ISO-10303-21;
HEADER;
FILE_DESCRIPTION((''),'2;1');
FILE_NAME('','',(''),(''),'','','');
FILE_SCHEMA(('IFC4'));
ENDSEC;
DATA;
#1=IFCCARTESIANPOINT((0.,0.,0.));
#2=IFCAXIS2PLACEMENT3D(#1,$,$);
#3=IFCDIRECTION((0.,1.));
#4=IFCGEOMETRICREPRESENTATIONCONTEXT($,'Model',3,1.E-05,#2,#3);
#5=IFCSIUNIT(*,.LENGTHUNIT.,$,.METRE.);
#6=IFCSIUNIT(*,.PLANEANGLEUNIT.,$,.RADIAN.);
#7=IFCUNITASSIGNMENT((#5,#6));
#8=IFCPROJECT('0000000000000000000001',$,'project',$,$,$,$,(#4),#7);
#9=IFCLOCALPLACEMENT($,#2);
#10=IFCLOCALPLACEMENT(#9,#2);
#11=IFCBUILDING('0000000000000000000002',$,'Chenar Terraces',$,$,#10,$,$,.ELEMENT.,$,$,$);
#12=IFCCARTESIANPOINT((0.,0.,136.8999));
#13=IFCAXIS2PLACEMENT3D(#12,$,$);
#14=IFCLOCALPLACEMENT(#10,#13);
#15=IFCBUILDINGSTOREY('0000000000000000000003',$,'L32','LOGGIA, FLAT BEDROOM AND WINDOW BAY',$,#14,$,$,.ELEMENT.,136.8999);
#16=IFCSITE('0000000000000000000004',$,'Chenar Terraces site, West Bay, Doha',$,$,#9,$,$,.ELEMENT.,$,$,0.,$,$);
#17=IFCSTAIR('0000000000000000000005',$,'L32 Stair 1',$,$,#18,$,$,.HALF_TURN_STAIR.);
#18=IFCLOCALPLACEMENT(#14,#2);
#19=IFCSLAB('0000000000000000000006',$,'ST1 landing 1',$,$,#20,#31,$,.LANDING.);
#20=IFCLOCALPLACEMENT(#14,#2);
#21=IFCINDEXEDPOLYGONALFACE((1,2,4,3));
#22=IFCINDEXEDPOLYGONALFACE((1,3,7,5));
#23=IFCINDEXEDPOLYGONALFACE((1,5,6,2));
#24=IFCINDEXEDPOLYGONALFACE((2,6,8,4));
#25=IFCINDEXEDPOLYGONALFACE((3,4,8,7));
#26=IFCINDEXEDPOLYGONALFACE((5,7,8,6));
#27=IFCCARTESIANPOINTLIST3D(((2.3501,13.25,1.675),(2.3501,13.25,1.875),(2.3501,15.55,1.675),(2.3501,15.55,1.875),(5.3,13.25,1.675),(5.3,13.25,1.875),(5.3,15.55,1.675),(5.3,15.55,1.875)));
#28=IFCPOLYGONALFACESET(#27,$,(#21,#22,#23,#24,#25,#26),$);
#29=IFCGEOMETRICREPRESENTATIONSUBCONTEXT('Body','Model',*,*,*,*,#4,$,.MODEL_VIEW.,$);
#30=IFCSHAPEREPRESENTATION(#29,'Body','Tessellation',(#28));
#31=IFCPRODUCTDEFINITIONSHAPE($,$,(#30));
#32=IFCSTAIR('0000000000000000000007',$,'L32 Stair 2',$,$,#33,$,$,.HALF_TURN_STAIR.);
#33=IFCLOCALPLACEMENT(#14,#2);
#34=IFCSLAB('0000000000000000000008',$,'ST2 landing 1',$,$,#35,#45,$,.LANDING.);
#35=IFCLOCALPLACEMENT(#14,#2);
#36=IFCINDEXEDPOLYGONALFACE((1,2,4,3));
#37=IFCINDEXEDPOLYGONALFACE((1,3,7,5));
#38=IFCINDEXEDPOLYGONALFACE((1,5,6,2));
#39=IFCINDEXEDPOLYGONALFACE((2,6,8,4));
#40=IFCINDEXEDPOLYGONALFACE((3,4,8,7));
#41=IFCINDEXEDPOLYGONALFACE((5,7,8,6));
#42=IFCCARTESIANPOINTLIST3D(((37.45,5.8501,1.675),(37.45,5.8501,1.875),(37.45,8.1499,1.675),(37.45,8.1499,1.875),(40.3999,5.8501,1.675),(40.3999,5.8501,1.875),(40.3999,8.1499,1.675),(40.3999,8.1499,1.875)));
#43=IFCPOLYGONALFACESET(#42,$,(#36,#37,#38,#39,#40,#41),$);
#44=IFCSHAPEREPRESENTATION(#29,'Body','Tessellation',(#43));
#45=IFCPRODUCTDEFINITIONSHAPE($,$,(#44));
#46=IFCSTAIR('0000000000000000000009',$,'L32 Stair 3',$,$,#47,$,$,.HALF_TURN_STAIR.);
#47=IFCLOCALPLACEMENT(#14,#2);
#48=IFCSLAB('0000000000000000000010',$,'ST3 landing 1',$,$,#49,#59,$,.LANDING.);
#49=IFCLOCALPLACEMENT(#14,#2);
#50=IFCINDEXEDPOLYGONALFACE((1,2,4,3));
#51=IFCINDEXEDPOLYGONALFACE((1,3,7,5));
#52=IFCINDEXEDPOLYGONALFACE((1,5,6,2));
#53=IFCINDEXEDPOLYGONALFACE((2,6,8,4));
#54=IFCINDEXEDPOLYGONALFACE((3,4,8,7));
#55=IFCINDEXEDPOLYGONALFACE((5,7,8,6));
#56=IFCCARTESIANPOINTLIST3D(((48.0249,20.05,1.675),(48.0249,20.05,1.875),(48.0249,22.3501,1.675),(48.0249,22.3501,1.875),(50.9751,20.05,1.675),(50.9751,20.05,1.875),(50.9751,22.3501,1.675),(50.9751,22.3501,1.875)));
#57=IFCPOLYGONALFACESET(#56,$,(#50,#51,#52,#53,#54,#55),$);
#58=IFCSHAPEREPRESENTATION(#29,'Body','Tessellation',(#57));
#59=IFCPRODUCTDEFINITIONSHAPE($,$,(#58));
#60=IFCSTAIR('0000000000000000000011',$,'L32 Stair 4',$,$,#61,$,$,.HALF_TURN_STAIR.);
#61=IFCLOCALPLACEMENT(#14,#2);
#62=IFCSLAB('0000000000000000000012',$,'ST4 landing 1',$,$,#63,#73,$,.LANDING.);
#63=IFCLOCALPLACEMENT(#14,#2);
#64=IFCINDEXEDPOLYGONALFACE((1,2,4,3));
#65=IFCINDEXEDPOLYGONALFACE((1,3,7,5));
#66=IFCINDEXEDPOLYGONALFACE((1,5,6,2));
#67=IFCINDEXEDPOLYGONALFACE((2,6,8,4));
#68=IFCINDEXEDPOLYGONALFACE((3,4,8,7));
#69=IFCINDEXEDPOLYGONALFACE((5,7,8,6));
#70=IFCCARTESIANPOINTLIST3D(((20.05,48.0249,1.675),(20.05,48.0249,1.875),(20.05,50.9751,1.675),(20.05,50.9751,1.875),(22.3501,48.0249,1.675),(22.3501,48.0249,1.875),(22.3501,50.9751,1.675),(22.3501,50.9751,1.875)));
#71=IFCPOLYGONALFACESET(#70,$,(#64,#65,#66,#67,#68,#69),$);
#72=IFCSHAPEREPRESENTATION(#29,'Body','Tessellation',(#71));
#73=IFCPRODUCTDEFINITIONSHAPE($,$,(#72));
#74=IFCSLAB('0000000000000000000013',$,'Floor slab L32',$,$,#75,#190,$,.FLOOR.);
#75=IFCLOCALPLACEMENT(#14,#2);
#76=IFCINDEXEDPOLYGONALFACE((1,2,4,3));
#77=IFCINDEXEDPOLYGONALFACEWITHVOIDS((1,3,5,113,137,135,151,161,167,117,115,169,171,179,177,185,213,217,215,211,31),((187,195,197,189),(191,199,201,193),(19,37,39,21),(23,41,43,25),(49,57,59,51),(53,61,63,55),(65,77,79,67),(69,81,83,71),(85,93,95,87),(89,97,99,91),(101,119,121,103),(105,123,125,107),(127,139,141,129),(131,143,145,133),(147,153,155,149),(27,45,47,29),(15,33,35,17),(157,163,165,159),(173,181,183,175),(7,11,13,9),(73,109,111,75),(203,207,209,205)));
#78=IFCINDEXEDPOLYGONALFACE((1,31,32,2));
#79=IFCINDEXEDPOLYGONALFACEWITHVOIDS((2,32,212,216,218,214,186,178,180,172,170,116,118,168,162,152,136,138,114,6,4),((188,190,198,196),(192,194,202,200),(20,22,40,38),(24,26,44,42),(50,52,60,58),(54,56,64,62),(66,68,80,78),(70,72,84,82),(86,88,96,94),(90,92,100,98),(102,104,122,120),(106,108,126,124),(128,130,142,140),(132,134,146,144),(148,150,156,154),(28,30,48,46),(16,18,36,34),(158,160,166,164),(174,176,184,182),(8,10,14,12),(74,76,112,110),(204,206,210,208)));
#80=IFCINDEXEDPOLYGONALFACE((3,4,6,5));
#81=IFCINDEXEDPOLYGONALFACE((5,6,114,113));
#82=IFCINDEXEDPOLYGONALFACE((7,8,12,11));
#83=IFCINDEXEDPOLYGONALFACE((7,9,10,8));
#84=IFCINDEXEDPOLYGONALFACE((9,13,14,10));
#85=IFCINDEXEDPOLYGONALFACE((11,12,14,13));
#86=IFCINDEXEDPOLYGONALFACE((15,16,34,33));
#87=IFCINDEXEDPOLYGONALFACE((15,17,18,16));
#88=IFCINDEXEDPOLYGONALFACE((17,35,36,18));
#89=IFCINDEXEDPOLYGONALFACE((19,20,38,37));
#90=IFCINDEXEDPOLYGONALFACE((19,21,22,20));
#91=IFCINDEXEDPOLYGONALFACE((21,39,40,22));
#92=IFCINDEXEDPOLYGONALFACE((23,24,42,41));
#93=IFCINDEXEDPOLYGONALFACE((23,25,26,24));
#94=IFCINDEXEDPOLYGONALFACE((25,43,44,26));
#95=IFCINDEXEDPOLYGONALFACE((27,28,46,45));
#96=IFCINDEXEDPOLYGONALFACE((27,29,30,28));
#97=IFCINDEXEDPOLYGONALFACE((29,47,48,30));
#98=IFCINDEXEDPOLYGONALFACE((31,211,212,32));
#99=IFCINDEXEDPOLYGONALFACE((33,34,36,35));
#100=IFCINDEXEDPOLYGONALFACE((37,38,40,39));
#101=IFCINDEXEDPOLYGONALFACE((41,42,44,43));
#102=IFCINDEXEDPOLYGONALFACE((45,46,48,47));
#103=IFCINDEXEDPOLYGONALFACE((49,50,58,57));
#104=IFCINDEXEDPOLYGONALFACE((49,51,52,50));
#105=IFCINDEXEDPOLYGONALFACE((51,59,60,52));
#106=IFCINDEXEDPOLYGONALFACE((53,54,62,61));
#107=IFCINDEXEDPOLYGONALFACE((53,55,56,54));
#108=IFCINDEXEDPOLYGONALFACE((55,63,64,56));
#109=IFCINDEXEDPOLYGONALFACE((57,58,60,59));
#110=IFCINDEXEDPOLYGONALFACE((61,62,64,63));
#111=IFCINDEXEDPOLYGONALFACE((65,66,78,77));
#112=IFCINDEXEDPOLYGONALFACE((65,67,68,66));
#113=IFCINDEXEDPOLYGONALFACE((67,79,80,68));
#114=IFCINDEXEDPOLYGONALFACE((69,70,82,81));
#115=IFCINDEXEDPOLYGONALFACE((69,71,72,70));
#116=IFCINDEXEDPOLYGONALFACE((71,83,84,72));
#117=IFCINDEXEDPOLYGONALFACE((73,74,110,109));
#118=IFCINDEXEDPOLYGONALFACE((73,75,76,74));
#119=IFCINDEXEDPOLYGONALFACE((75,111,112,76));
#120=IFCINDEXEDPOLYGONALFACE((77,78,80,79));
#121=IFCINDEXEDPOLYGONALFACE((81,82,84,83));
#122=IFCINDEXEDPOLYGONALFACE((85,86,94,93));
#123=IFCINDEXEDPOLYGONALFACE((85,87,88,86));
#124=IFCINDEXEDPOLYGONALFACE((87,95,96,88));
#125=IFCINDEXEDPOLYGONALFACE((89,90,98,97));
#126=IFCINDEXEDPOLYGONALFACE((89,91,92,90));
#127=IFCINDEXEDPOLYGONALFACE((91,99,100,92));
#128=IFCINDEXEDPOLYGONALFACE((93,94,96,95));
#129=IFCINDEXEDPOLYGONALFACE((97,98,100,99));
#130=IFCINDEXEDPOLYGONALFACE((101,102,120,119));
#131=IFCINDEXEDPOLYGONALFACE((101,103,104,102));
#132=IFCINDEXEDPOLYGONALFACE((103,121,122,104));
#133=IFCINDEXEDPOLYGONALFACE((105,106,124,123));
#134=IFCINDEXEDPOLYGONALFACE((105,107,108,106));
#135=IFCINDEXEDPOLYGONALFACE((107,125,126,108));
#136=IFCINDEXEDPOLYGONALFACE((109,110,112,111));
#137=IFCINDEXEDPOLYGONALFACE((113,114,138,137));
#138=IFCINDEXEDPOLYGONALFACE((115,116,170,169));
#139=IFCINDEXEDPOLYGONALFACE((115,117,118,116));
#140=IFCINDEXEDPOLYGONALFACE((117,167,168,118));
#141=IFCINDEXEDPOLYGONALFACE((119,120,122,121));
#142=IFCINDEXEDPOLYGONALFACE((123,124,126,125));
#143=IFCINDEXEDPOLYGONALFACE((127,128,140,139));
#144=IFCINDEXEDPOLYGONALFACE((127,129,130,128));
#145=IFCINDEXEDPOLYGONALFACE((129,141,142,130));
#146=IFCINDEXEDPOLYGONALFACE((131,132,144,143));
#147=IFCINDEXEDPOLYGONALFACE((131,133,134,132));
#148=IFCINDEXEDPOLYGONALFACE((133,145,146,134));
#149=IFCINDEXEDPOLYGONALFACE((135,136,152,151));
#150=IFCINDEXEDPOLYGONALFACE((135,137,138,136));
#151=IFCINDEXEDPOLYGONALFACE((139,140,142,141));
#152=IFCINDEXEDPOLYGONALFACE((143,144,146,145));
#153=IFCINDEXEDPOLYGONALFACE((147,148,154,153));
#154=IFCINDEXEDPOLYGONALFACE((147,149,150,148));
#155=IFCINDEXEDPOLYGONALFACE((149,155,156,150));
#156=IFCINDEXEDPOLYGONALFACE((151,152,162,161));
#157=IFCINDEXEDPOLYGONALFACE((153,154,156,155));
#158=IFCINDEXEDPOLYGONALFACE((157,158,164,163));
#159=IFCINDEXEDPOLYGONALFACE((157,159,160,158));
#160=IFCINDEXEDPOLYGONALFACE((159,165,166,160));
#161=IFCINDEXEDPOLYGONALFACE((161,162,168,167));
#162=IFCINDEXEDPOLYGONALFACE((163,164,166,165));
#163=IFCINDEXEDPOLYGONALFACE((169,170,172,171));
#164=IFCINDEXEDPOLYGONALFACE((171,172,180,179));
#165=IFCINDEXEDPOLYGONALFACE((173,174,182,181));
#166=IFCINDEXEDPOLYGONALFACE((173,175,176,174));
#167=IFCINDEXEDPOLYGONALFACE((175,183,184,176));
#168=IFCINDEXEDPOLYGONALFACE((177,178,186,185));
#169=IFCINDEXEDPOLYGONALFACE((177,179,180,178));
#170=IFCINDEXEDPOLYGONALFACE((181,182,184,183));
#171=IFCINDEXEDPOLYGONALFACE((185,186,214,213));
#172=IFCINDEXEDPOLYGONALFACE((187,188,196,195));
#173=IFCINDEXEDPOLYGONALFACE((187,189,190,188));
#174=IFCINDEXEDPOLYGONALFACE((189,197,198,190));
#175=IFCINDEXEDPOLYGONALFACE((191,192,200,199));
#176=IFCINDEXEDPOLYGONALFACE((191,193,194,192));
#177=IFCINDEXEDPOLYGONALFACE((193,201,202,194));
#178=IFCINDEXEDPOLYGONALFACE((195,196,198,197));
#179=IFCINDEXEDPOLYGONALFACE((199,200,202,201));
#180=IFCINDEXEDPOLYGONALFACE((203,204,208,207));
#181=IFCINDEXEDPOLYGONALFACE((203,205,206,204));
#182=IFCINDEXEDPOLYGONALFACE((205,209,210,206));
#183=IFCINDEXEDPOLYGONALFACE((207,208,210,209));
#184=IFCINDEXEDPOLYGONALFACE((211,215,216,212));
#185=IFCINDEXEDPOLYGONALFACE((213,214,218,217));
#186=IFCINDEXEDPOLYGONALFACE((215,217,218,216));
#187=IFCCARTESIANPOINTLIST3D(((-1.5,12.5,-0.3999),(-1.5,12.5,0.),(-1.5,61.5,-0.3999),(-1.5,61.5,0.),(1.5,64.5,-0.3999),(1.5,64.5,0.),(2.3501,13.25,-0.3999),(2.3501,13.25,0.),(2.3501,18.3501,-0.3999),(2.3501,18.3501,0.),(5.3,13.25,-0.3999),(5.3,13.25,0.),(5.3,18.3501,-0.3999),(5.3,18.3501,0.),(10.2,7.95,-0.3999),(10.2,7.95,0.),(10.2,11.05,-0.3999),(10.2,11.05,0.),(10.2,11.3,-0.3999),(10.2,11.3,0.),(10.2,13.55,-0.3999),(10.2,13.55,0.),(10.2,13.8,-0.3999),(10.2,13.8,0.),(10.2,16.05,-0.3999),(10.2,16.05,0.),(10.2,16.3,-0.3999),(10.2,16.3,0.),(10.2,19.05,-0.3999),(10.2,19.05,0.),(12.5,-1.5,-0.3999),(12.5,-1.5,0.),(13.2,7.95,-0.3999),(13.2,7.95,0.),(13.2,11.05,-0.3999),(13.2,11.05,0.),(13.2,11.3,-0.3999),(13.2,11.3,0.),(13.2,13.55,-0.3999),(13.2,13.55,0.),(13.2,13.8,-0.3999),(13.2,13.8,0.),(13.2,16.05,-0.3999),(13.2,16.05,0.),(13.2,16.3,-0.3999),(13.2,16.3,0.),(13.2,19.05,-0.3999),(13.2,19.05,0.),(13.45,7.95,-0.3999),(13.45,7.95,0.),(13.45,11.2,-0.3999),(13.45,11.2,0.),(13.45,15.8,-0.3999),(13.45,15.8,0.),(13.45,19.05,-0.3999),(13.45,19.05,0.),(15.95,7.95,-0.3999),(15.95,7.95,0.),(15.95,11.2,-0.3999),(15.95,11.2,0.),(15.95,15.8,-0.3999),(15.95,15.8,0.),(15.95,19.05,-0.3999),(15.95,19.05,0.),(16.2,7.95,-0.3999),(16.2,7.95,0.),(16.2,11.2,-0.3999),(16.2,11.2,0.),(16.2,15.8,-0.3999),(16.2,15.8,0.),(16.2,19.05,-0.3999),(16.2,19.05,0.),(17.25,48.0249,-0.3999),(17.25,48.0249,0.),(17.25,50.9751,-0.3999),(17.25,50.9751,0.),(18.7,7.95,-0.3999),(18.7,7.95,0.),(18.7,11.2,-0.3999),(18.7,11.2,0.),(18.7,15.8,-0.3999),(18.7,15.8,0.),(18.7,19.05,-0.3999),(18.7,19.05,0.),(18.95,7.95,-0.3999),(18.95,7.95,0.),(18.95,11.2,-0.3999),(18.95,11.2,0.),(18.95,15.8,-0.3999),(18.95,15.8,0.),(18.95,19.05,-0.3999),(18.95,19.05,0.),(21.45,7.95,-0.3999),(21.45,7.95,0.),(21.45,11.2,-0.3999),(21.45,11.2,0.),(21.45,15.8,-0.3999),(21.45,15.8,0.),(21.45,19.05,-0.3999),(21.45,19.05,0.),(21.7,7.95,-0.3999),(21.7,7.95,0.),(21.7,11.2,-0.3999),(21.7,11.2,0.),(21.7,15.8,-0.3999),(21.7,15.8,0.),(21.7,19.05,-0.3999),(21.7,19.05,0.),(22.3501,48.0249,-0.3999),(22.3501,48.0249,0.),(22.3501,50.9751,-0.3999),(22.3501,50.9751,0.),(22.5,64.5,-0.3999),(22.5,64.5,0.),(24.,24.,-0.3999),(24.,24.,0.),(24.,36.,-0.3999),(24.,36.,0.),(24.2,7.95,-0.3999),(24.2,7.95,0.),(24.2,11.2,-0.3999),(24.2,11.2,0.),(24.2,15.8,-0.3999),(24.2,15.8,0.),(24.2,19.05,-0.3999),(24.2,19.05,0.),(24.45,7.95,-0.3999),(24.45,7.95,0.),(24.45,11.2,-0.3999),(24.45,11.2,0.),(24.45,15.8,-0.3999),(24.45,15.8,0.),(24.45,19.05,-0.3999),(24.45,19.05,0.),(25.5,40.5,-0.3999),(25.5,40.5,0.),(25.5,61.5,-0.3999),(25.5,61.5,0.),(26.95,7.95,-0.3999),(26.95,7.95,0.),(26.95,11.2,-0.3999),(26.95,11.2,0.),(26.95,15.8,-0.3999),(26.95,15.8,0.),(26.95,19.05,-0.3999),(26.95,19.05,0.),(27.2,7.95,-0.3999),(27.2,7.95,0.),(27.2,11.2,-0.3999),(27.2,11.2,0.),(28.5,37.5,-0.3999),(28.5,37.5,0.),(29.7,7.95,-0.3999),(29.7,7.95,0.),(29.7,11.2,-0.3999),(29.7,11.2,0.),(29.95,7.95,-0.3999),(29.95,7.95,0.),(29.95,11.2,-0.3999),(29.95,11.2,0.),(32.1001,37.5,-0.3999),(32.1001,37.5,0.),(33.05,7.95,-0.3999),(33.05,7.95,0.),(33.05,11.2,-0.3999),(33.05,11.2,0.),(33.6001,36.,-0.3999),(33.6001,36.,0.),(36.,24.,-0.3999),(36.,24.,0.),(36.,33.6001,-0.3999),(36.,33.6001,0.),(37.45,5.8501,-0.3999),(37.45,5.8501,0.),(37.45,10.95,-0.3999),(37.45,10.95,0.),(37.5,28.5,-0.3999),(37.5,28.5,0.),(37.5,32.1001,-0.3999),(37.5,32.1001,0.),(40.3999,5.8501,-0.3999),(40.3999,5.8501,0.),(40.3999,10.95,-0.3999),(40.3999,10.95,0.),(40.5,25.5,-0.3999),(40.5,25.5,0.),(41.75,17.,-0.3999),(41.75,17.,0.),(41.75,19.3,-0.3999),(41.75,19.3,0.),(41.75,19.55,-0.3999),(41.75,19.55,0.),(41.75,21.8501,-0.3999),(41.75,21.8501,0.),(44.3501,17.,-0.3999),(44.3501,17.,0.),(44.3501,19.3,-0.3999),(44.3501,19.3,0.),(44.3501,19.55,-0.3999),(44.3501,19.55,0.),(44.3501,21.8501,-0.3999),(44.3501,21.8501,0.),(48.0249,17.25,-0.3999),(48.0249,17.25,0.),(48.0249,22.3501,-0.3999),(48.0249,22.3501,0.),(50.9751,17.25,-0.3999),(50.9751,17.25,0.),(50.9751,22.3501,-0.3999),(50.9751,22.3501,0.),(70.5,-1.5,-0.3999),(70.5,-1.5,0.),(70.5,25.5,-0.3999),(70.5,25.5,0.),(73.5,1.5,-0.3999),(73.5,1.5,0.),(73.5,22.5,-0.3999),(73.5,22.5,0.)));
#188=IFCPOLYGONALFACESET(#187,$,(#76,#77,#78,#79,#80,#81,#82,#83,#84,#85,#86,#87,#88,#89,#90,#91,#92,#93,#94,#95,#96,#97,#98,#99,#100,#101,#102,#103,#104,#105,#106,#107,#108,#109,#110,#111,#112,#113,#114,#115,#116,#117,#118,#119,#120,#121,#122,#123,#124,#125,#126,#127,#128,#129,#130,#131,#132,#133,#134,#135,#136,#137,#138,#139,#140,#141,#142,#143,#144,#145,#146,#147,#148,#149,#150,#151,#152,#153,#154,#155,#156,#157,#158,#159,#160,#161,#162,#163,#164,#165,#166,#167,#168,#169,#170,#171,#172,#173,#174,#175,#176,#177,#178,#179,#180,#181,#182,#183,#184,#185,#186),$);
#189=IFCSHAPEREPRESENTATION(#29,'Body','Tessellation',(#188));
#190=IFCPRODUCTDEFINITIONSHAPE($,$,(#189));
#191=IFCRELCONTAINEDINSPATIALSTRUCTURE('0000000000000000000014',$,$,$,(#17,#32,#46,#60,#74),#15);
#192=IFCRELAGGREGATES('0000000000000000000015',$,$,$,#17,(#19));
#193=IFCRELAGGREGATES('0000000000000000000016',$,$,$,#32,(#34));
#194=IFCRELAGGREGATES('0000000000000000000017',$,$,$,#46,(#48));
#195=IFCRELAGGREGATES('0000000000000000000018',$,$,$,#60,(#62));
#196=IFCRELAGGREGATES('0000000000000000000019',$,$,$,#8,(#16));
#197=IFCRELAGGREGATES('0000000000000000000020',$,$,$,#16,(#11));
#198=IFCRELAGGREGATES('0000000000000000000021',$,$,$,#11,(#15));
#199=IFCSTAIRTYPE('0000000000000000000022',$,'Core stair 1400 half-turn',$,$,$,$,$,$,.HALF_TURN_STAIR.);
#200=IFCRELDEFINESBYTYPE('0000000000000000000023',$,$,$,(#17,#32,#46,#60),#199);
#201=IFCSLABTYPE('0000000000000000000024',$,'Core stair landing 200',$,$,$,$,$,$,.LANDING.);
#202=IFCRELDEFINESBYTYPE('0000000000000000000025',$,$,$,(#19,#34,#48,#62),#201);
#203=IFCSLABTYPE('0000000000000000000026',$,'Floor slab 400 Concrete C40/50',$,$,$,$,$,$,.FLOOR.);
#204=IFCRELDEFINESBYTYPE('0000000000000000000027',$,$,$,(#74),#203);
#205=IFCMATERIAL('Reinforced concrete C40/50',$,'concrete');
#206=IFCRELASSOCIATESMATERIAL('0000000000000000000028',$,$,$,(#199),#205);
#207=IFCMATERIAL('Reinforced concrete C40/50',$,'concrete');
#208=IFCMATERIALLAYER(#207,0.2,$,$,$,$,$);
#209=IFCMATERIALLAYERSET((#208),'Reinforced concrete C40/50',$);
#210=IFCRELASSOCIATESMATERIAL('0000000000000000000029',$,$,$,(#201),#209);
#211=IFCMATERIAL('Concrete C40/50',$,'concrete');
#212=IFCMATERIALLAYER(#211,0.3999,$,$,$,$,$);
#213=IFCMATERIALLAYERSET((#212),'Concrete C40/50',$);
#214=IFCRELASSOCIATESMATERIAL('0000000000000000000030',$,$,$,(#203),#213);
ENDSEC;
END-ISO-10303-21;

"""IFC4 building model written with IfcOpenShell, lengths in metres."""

from ifc_helpers import new_model, si_unit, direction, frame, origin, place, context, subcontext, project, spatial, polyline, outline, extrude, material, layer, layer_set, type_object, element, aggregate, save


model = new_model("IFC4")

# Units and contexts
model_context = context("Model", 3, precision=1e-05, world=origin(), true_north=direction((0.0, 1.0)))
body_context = subcontext(model_context, "Body", "Model", "MODEL_VIEW")
ifc_project = project(units=[si_unit("LENGTHUNIT", "METRE"), si_unit("PLANEANGLEUNIT", "RADIAN")], contexts=[model_context])

# Site, building, storey
site_placement = place(None, origin())
site = spatial("IfcSite", under=ifc_project, at=site_placement, Name="Chenar Terraces site, West Bay, Doha", CompositionType="ELEMENT", RefElevation=0.0)
building_placement = place(site_placement, origin())
building = spatial("IfcBuilding", under=site, at=building_placement, Name="Chenar Terraces", CompositionType="ELEMENT")
storey_placement = place(building_placement, frame((0.0, 0.0, 136.8999)))
storey = spatial("IfcBuildingStorey", under=building, at=storey_placement, Name="L32", Description="LOGGIA, FLAT BEDROOM AND WINDOW BAY", CompositionType="ELEMENT", Elevation=136.8999)

# Stairs, slabs
ifc_material_1 = material(Name="Reinforced concrete C40/50", Category="concrete")
stair_type = type_object("IfcStairType", Name="Core stair 1400 half-turn", PredefinedType="HALF_TURN_STAIR", material=ifc_material_1)
placement_1 = place(storey_placement, origin())
stair_1 = element("IfcStair", 1, at=placement_1, inside=storey, type_object=stair_type, Name="L32 Stair 1", PredefinedType="HALF_TURN_STAIR")
ifc_material_2 = material(Name="Reinforced concrete C40/50", Category="concrete")
ifc_layer_1 = layer(ifc_material_2, 0.2)
ifc_layer_set_1 = layer_set([ifc_layer_1], Name="Reinforced concrete C40/50")
slab_type_1 = type_object("IfcSlabType", Name="Core stair landing 200", PredefinedType="LANDING", material=ifc_layer_set_1)
placement_2 = place(storey_placement, frame((0.0, 0.0, 1.675)))
slab_1 = element("IfcSlab", 2, at=placement_2, type_object=slab_type_1, Name="ST1 landing 1", PredefinedType="LANDING", context=body_context, shape_type="SweptSolid", body=[
    extrude(outline(polyline([(2.3501, 15.55), (2.3501, 13.25), (5.3, 13.25), (5.3, 15.55), (2.3501, 15.55)])), origin(), (0.0, 0.0, 1.0), 0.2),
])
aggregate(stair_1, [slab_1])
stair_2 = element("IfcStair", 3, at=placement_1, inside=storey, type_object=stair_type, Name="L32 Stair 2", PredefinedType="HALF_TURN_STAIR")
slab_2 = element("IfcSlab", 4, at=placement_2, type_object=slab_type_1, Name="ST2 landing 1", PredefinedType="LANDING", context=body_context, shape_type="SweptSolid", body=[
    extrude(outline(polyline([(37.45, 8.1499), (37.45, 5.8501), (40.3999, 5.8501), (40.3999, 8.1499), (37.45, 8.1499)])), origin(), (0.0, 0.0, 1.0), 0.2),
])
aggregate(stair_2, [slab_2])
stair_3 = element("IfcStair", 5, at=placement_1, inside=storey, type_object=stair_type, Name="L32 Stair 3", PredefinedType="HALF_TURN_STAIR")
slab_3 = element("IfcSlab", 6, at=placement_2, type_object=slab_type_1, Name="ST3 landing 1", PredefinedType="LANDING", context=body_context, shape_type="SweptSolid", body=[
    extrude(outline(polyline([(50.9751, 20.05), (50.9751, 22.3501), (48.0249, 22.3501), (48.0249, 20.05), (50.9751, 20.05)])), origin(), (0.0, 0.0, 1.0), 0.2),
])
aggregate(stair_3, [slab_3])
stair_4 = element("IfcStair", 7, at=placement_1, inside=storey, type_object=stair_type, Name="L32 Stair 4", PredefinedType="HALF_TURN_STAIR")
slab_4 = element("IfcSlab", 8, at=placement_2, type_object=slab_type_1, Name="ST4 landing 1", PredefinedType="LANDING", context=body_context, shape_type="SweptSolid", body=[
    extrude(outline(polyline([(20.05, 48.0249), (22.3501, 48.0249), (22.3501, 50.9751), (20.05, 50.9751), (20.05, 48.0249)])), origin(), (0.0, 0.0, 1.0), 0.2),
])
aggregate(stair_4, [slab_4])

# Slab
ifc_material_3 = material(Name="Concrete C40/50", Category="concrete")
ifc_layer_2 = layer(ifc_material_3, 0.3999)
ifc_layer_set_2 = layer_set([ifc_layer_2], Name="Concrete C40/50")
slab_type_2 = type_object("IfcSlabType", Name="Floor slab 400 Concrete C40/50", PredefinedType="FLOOR", material=ifc_layer_set_2)
slab_5_placement = place(storey_placement, frame((0.0, 0.0, -0.3999)))
element("IfcSlab", 9, at=slab_5_placement, inside=storey, type_object=slab_type_2, Name="Floor slab L32", PredefinedType="FLOOR", context=body_context, shape_type="SweptSolid", body=[
    extrude(outline(polyline([(73.5, 22.5), (73.5, 1.5), (70.5, -1.5), (12.5, -1.5), (-1.5, 12.5), (-1.5, 61.5), (1.5, 64.5), (22.5, 64.5), (25.5, 61.5), (25.5, 40.5), (28.5, 37.5), (32.1001, 37.5), (33.6001, 36.0), (24.0, 36.0), (24.0, 24.0), (36.0, 24.0), (36.0, 33.6001), (37.5, 32.1001), (37.5, 28.5), (40.5, 25.5), (70.5, 25.5), (73.5, 22.5)]), holes=[polyline([(13.2, 11.05), (10.2, 11.05), (10.2, 7.95), (13.2, 7.95), (13.2, 11.05)]), polyline([(15.95, 11.2), (13.45, 11.2), (13.45, 7.95), (15.95, 7.95), (15.95, 11.2)]), polyline([(18.7, 11.2), (16.2, 11.2), (16.2, 7.95), (18.7, 7.95), (18.7, 11.2)]), polyline([(21.45, 7.95), (21.45, 11.2), (18.95, 11.2), (18.95, 7.95), (21.45, 7.95)]), polyline([(13.2, 11.3), (13.2, 13.55), (10.2, 13.55), (10.2, 11.3), (13.2, 11.3)]), polyline([(13.2, 16.05), (10.2, 16.05), (10.2, 13.8), (13.2, 13.8), (13.2, 16.05)]), polyline([(2.3501, 18.3501), (2.3501, 13.25), (5.3, 13.25), (5.3, 18.3501), (2.3501, 18.3501)]), polyline([(15.95, 15.8), (15.95, 19.05), (13.45, 19.05), (13.45, 15.8), (15.95, 15.8)]), polyline([(18.7, 19.05), (16.2, 19.05), (16.2, 15.8), (18.7, 15.8), (18.7, 19.05)]), polyline([(21.45, 15.8), (21.45, 19.05), (18.95, 19.05), (18.95, 15.8), (21.45, 15.8)]), polyline([(13.2, 16.3), (13.2, 19.05), (10.2, 19.05), (10.2, 16.3), (13.2, 16.3)]), polyline([(22.3501, 48.0249), (22.3501, 50.9751), (17.25, 50.9751), (17.25, 48.0249), (22.3501, 48.0249)]), polyline([(37.45, 10.95), (37.45, 5.8501), (40.3999, 5.8501), (40.3999, 10.95), (37.45, 10.95)]), polyline([(24.2, 7.95), (24.2, 11.2), (21.7, 11.2), (21.7, 7.95), (24.2, 7.95)]), polyline([(26.95, 11.2), (24.45, 11.2), (24.45, 7.95), (26.95, 7.95), (26.95, 11.2)]), polyline([(29.7, 7.95), (29.7, 11.2), (27.2, 11.2), (27.2, 7.95), (29.7, 7.95)]), polyline([(33.05, 7.95), (33.05, 11.2), (29.95, 11.2), (29.95, 7.95), (33.05, 7.95)]), polyline([(24.2, 19.05), (21.7, 19.05), (21.7, 15.8), (24.2, 15.8), (24.2, 19.05)]), polyline([(26.95, 15.8), (26.95, 19.05), (24.45, 19.05), (24.45, 15.8), (26.95, 15.8)]), polyline([(44.3501, 17.0), (44.3501, 19.3), (41.75, 19.3), (41.75, 17.0), (44.3501, 17.0)]), polyline([(50.9751, 22.3501), (48.0249, 22.3501), (48.0249, 17.25), (50.9751, 17.25), (50.9751, 22.3501)]), polyline([(44.3501, 19.55), (44.3501, 21.8501), (41.75, 21.8501), (41.75, 19.55), (44.3501, 19.55)])]), origin(), (0.0, 0.0, 1.0), 0.3999),
])

save(model, "model.ifc")
